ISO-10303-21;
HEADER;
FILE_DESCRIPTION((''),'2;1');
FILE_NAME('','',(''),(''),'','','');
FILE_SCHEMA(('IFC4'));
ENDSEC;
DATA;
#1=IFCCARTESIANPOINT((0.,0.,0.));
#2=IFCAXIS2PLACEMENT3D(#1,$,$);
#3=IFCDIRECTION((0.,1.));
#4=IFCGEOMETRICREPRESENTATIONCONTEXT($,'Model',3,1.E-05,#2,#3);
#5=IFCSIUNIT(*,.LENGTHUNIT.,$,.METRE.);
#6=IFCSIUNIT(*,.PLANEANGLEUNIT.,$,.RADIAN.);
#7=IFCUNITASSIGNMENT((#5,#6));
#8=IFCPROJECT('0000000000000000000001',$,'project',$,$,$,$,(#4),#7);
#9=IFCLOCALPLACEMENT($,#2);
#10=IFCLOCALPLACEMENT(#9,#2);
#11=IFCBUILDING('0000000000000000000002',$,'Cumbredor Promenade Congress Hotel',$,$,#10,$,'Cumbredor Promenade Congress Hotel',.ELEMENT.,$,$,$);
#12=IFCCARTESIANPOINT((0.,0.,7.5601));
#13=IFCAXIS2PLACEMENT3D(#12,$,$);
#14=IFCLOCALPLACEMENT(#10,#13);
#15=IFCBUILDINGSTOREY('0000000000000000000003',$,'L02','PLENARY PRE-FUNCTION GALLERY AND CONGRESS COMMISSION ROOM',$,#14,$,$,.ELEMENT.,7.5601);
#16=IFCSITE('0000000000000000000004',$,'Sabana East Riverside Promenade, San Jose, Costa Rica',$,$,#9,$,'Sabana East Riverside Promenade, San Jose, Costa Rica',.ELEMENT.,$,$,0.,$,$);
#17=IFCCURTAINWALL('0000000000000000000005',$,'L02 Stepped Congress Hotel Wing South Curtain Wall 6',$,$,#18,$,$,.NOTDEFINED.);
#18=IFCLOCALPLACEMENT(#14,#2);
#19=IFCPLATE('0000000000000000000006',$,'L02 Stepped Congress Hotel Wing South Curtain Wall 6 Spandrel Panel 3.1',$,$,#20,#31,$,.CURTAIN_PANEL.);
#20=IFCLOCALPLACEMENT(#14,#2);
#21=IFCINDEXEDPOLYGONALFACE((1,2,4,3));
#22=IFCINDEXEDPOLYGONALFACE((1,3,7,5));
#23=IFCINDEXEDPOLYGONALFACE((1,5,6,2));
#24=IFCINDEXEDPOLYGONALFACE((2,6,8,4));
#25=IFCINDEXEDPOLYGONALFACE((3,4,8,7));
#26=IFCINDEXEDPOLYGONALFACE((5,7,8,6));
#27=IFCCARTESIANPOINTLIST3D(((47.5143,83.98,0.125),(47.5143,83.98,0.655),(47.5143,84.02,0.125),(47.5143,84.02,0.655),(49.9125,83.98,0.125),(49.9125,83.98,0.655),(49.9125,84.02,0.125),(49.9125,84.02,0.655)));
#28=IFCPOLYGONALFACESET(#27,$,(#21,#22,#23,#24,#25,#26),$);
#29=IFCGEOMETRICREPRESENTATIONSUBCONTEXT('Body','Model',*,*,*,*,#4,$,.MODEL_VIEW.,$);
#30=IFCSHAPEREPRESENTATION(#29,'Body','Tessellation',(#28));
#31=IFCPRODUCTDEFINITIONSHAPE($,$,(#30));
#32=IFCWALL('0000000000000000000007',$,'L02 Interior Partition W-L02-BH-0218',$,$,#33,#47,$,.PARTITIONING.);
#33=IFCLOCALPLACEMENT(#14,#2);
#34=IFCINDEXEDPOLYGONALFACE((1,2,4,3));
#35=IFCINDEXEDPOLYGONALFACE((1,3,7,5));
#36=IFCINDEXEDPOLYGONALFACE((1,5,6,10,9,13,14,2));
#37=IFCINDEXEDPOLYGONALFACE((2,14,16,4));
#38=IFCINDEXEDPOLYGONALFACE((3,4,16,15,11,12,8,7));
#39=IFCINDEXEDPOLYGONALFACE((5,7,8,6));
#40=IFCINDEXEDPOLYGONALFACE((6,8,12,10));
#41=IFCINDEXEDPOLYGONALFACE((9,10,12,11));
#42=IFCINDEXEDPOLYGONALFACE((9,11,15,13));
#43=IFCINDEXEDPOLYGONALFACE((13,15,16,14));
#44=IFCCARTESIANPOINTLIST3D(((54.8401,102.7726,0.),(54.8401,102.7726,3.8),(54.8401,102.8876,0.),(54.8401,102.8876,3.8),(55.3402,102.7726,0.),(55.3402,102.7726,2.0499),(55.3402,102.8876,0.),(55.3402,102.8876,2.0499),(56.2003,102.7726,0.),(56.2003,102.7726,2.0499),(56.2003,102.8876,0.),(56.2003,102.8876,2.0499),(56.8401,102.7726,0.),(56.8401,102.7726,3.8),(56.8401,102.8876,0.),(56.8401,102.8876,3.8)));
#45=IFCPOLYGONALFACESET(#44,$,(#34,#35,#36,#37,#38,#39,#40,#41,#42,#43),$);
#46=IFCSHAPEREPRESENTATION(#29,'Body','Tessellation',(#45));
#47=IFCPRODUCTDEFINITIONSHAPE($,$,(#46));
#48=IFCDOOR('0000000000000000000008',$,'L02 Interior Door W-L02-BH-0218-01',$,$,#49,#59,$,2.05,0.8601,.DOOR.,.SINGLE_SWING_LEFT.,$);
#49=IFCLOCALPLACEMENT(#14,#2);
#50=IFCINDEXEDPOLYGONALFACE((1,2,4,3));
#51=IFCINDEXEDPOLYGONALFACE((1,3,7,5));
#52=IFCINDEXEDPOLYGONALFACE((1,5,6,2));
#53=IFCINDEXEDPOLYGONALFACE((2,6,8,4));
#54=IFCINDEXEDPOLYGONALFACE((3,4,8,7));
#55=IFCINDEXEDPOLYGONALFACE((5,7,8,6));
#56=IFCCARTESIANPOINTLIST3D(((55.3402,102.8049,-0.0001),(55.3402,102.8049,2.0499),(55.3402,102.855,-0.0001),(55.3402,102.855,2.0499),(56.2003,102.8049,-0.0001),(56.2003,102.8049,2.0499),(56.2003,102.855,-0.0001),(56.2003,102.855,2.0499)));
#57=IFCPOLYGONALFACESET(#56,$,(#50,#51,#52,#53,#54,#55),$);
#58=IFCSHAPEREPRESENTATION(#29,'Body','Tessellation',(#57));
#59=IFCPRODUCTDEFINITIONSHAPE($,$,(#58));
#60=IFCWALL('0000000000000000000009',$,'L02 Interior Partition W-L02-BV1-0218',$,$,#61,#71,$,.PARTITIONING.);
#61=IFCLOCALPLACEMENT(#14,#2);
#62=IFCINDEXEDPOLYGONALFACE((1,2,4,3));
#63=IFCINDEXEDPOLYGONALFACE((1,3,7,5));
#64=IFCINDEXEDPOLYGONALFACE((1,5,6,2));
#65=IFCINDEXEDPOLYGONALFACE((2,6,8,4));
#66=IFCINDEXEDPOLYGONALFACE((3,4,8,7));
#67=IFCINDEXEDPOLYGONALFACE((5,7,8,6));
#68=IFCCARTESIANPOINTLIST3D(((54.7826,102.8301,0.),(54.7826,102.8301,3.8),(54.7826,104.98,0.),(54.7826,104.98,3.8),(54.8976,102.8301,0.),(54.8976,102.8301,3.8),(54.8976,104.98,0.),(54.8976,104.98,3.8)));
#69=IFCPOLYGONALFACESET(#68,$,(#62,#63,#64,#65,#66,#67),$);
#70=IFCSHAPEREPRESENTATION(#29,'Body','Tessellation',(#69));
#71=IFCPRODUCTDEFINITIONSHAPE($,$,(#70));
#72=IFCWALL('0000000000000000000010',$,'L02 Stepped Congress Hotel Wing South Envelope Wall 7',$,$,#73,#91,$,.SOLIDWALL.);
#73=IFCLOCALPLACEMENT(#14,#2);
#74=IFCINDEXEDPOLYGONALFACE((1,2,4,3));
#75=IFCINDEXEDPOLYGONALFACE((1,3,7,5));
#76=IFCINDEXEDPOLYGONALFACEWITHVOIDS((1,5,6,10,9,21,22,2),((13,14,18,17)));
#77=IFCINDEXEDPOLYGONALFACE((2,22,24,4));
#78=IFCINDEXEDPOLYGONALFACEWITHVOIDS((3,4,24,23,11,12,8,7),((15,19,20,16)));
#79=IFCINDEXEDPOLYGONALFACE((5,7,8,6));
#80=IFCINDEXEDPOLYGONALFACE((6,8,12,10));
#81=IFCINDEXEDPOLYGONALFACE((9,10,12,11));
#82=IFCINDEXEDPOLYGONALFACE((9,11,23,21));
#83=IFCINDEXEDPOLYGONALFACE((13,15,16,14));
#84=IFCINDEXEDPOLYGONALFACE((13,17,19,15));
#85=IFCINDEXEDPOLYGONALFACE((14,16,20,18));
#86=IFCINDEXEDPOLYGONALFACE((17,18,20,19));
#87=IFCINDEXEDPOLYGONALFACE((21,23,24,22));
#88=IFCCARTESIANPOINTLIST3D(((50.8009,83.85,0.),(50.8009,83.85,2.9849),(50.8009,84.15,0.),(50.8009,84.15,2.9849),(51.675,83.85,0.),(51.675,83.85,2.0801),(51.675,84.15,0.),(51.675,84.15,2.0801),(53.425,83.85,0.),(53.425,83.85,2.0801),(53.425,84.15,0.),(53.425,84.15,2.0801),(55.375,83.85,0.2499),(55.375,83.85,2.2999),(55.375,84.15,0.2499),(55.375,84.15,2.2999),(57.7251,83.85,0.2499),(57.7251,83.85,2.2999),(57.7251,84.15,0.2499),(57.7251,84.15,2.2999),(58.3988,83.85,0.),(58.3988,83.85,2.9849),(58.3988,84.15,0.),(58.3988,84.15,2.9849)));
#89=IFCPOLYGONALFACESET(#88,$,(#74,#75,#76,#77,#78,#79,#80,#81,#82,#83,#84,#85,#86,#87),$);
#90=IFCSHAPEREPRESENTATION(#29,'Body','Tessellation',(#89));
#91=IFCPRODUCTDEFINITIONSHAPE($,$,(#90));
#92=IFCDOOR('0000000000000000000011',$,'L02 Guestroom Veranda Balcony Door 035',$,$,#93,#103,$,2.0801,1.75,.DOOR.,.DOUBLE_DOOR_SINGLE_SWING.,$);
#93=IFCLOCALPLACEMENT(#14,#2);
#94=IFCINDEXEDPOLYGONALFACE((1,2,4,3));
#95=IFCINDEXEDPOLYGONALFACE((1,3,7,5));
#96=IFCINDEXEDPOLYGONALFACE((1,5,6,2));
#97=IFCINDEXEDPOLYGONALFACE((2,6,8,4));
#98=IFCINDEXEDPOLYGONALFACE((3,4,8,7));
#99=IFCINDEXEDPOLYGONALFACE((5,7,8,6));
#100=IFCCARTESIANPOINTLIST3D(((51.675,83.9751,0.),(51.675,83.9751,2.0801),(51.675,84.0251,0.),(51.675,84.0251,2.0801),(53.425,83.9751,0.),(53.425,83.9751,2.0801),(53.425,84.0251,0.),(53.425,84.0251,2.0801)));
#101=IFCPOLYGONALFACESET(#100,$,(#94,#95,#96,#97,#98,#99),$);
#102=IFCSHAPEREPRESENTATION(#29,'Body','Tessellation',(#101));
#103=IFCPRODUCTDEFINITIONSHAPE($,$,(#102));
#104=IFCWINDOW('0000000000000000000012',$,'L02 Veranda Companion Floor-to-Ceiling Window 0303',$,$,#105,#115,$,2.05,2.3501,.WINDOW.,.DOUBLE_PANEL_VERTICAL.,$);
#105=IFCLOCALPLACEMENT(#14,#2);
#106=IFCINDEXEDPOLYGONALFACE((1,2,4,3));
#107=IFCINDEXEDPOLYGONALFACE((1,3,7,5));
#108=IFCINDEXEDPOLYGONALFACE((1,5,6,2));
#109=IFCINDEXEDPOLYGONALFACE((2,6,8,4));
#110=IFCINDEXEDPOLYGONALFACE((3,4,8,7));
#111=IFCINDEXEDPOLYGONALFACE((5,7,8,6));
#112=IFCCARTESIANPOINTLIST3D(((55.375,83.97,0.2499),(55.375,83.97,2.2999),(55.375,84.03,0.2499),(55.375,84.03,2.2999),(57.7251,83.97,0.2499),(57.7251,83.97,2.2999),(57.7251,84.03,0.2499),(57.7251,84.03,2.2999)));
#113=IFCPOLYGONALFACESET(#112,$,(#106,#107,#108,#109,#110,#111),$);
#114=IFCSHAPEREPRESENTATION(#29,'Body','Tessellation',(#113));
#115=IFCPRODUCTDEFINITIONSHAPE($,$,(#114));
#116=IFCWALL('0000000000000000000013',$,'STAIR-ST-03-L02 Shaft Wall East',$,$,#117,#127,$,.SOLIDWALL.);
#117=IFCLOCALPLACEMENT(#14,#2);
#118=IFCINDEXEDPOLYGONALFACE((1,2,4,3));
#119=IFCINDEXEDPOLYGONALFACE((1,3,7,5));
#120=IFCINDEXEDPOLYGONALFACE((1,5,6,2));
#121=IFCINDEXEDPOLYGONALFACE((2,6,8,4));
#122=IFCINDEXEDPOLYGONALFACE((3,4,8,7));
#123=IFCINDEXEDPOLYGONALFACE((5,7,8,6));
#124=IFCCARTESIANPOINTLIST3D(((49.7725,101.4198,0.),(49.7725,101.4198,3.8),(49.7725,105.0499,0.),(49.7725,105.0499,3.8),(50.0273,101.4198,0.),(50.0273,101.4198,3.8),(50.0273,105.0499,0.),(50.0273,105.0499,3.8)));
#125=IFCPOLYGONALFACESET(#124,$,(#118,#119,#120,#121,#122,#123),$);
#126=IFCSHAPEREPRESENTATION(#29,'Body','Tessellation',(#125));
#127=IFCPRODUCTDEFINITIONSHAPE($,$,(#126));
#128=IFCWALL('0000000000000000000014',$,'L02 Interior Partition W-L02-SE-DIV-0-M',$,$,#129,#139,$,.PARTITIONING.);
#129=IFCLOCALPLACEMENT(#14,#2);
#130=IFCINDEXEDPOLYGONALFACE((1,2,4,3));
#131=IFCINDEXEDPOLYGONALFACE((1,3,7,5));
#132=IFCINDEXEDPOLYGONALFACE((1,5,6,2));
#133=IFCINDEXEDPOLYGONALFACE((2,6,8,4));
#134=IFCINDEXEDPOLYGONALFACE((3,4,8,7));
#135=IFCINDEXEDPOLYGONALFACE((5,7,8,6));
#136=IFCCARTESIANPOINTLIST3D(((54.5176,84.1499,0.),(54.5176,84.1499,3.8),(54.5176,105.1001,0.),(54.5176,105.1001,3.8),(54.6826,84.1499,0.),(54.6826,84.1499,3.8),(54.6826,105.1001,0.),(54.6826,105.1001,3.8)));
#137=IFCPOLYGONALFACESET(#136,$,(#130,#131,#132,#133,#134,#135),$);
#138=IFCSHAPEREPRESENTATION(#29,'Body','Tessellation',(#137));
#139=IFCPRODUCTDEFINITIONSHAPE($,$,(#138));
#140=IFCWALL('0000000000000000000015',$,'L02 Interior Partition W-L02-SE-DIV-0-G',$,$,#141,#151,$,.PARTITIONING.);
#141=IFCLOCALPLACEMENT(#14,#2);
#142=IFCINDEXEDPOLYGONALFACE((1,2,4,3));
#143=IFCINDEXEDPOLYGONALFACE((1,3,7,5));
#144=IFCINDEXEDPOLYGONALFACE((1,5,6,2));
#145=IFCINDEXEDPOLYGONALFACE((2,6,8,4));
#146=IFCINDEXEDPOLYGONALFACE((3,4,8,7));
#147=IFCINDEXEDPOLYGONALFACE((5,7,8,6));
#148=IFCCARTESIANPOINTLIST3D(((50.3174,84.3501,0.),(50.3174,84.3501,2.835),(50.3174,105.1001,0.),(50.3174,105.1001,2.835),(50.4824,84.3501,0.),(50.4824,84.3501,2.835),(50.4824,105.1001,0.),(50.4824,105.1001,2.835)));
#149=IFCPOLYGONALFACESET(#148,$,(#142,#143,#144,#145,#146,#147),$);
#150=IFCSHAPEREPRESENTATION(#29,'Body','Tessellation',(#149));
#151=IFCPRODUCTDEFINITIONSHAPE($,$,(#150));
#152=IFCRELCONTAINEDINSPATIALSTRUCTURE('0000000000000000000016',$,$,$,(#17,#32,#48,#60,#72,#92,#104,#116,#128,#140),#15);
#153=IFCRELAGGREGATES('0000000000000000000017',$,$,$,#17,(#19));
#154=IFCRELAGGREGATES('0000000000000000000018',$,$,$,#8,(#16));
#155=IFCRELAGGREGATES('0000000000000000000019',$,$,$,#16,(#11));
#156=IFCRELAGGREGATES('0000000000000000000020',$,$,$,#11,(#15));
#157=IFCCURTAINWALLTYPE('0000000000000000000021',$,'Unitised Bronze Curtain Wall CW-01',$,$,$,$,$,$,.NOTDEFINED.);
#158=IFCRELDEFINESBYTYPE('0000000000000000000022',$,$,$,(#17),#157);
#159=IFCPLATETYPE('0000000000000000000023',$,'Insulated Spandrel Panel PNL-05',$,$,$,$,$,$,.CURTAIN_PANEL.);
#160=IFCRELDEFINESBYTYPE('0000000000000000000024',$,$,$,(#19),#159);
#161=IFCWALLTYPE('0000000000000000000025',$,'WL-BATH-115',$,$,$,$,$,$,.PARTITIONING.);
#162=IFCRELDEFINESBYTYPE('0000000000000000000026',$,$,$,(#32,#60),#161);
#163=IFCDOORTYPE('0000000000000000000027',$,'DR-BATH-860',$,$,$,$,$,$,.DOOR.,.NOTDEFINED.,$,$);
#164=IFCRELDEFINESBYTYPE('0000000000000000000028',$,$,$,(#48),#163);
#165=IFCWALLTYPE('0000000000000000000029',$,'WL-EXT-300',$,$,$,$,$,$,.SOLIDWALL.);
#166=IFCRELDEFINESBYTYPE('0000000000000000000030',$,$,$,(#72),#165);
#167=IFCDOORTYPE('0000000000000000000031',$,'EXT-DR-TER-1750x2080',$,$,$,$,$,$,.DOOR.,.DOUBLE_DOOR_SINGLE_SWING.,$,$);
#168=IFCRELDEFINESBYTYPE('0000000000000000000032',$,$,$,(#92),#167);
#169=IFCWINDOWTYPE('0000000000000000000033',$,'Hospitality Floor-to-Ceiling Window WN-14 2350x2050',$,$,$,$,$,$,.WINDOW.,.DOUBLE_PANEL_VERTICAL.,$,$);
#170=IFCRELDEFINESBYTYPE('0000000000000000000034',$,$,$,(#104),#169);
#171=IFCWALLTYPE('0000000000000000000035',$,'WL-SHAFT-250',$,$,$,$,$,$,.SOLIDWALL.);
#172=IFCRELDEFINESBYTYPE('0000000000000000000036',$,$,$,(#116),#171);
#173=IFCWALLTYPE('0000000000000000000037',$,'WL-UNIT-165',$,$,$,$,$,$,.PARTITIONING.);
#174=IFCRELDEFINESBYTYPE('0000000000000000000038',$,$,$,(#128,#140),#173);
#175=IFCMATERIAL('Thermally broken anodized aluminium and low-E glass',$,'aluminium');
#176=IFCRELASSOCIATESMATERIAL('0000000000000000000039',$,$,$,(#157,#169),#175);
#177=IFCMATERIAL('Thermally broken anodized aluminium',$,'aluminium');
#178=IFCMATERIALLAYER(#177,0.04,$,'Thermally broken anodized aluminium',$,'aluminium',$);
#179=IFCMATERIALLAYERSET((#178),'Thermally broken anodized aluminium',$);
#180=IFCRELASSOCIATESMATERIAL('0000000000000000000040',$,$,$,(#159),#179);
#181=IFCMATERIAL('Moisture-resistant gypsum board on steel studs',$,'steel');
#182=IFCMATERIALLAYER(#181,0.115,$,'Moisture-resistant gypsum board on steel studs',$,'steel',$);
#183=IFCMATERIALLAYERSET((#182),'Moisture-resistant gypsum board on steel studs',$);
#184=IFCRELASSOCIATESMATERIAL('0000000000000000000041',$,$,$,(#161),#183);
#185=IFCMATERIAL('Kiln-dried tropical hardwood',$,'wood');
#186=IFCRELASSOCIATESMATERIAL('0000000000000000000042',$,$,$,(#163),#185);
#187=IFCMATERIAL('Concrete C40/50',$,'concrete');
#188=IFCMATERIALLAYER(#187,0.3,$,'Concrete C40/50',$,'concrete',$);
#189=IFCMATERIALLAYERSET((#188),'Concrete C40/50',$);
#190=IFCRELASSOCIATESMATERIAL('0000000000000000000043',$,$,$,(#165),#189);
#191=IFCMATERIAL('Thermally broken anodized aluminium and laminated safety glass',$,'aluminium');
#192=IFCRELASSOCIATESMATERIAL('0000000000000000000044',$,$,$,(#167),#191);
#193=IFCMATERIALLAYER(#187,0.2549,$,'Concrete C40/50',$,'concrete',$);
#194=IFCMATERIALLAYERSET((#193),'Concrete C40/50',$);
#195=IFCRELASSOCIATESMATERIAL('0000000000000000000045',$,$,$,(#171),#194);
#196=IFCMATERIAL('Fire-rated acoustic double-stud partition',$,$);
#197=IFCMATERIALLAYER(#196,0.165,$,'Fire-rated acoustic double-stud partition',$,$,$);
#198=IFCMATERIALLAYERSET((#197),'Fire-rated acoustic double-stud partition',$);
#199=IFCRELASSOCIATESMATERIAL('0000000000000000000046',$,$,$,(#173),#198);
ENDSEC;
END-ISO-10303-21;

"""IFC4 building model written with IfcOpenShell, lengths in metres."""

from ifc_helpers import new_model, si_unit, direction, frame, frame_2d, origin, origin_2d, place, context, subcontext, project, spatial, rectangle, extrude, material, layer, layer_set, type_object, element, fill, aggregate, save


model = new_model("IFC4")

# Units and contexts
model_context = context("Model", 3, precision=1e-05, world=origin(), true_north=direction((0.0, 1.0)))
body_context = subcontext(model_context, "Body", "Model", "MODEL_VIEW")
ifc_project = project(units=[si_unit("LENGTHUNIT", "METRE"), si_unit("PLANEANGLEUNIT", "RADIAN")], contexts=[model_context])

# Site, building, storey
site_placement = place(None, origin())
site = spatial("IfcSite", under=ifc_project, at=site_placement, Name="Sabana East Riverside Promenade, San Jose, Costa Rica", LongName="Sabana East Riverside Promenade, San Jose, Costa Rica", CompositionType="ELEMENT", RefElevation=0.0)
building_placement = place(site_placement, origin())
building = spatial("IfcBuilding", under=site, at=building_placement, Name="Cumbredor Promenade Congress Hotel", LongName="Cumbredor Promenade Congress Hotel", CompositionType="ELEMENT")
storey_placement = place(building_placement, frame((0.0, 0.0, 7.5601)))
storey = spatial("IfcBuildingStorey", under=building, at=storey_placement, Name="L02", Description="PLENARY PRE-FUNCTION GALLERY AND CONGRESS COMMISSION ROOM", CompositionType="ELEMENT", Elevation=7.5601)

# Shared definitions
ifc_material_1 = material(Name="Concrete C40/50", Category="concrete")

# Curtain wall
ifc_material_2 = material(Name="Thermally broken anodized aluminium and low-E glass", Category="aluminium")
curtain_wall_type = type_object("IfcCurtainWallType", Name="Unitised Bronze Curtain Wall CW-01", PredefinedType="NOTDEFINED", material=ifc_material_2)
curtain_wall_placement = place(storey_placement, origin())
curtain_wall = element("IfcCurtainWall", 1, at=curtain_wall_placement, inside=storey, type_object=curtain_wall_type, Name="L02 Stepped Congress Hotel Wing South Curtain Wall 6", PredefinedType="NOTDEFINED")
ifc_material_3 = material(Name="Thermally broken anodized aluminium", Category="aluminium")

# Plate
ifc_layer_1 = layer(ifc_material_3, 0.04, Name="Thermally broken anodized aluminium", Category="aluminium")
ifc_layer_set_1 = layer_set([ifc_layer_1], Name="Thermally broken anodized aluminium")
plate_type_1 = type_object("IfcPlateType", Name="Insulated Spandrel Panel PNL-05", PredefinedType="CURTAIN_PANEL", material=ifc_layer_set_1)
plate_1_placement = place(storey_placement, frame((48.7134, 84.0, 0.125), z_axis=(0.0, 0.0, 1.0), x_axis=(1.0, 0.0, 0.0)))
plate_1 = element("IfcPlate", 2, at=plate_1_placement, type_object=plate_type_1, Name="L02 Stepped Congress Hotel Wing South Curtain Wall 6 Spandrel Panel 3.1", PredefinedType="CURTAIN_PANEL", context=body_context, shape_type="SweptSolid", body=[
    extrude(rectangle(XDim=2.3982, YDim=0.04, at=origin_2d()), origin(), (0.0, 0.0, 1.0), 0.53),
])
aggregate(curtain_wall, [plate_1])

# Wall, opening, door
ifc_material_4 = material(Name="Moisture-resistant gypsum board on steel studs", Category="steel")
ifc_layer_2 = layer(ifc_material_4, 0.115, Name="Moisture-resistant gypsum board on steel studs", Category="steel")
ifc_layer_set_2 = layer_set([ifc_layer_2], Name="Moisture-resistant gypsum board on steel studs")
wall_type_1 = type_object("IfcWallType", Name="WL-BATH-115", PredefinedType="PARTITIONING", material=ifc_layer_set_2)
wall_1_placement = place(storey_placement, frame((54.8401, 102.8301, 0.0), z_axis=(0.0, 0.0, 1.0), x_axis=(1.0, 0.0, 0.0)))
wall_1 = element("IfcWall", 3, at=wall_1_placement, inside=storey, type_object=wall_type_1, Name="L02 Interior Partition W-L02-BH-0218", PredefinedType="PARTITIONING", context=body_context, shape_type="SweptSolid", body=[
    extrude(rectangle(XDim=2.0, YDim=0.115, at=frame_2d((1.0, 0.0))), origin(), (0.0, 0.0, 1.0), 3.8),
])
opening_1_placement = place(wall_1_placement, frame((0.5, 0.0, 0.0)))
opening_1 = element("IfcOpeningElement", 4, at=opening_1_placement, cuts=wall_1, PredefinedType="OPENING", context=body_context, shape_type="SweptSolid", body=[
    extrude(rectangle(XDim=0.8601, YDim=2.05, at=frame_2d((0.4302, 1.0249))), frame((0.0, 0.0674, 0.0), z_axis=(0.0, -1.0, 0.0), x_axis=(1.0, 0.0, 0.0)), (0.0, 0.0, 1.0), 0.135),
])
ifc_material_5 = material(Name="Kiln-dried tropical hardwood", Category="wood")
door_type_1 = type_object("IfcDoorType", Name="DR-BATH-860", OperationType="NOTDEFINED", PredefinedType="DOOR", material=ifc_material_5)
door_1_placement = place(opening_1_placement, origin())
door_1 = element("IfcDoor", 5, at=door_1_placement, inside=storey, type_object=door_type_1, Name="L02 Interior Door W-L02-BH-0218-01", OperationType="SINGLE_SWING_LEFT", OverallHeight=2.05, OverallWidth=0.8601, PredefinedType="DOOR", context=body_context, shape_type="SweptSolid", body=[
    extrude(rectangle(XDim=0.8601, YDim=2.05, at=frame_2d((0.4302, 1.0249))), frame((0.0, 0.0249, 0.0), z_axis=(0.0, -1.0, 0.0), x_axis=(1.0, 0.0, 0.0)), (0.0, 0.0, 1.0), 0.05),
])
fill(opening_1, door_1)

# Wall
wall_2_placement = place(storey_placement, frame((54.8401, 102.8301, 0.0), z_axis=(0.0, 0.0, 1.0), x_axis=(0.0, 1.0, 0.0)))
element("IfcWall", 6, at=wall_2_placement, inside=storey, type_object=wall_type_1, Name="L02 Interior Partition W-L02-BV1-0218", PredefinedType="PARTITIONING", context=body_context, shape_type="SweptSolid", body=[
    extrude(rectangle(XDim=2.1499, YDim=0.115, at=frame_2d((1.075, 0.0))), origin(), (0.0, 0.0, 1.0), 3.8),
])

# Wall, openings, door, window
ifc_layer_3 = layer(ifc_material_1, 0.3, Name="Concrete C40/50", Category="concrete")
ifc_layer_set_3 = layer_set([ifc_layer_3], Name="Concrete C40/50")
wall_type_2 = type_object("IfcWallType", Name="WL-EXT-300", PredefinedType="SOLIDWALL", material=ifc_layer_set_3)
wall_3_placement = place(storey_placement, frame((50.801, 84.0, 0.0), z_axis=(0.0, 0.0, 1.0), x_axis=(1.0, 0.0, 0.0)))
wall_3 = element("IfcWall", 7, at=wall_3_placement, inside=storey, type_object=wall_type_2, Name="L02 Stepped Congress Hotel Wing South Envelope Wall 7", PredefinedType="SOLIDWALL", context=body_context, shape_type="SweptSolid", body=[
    extrude(rectangle(XDim=7.5979, YDim=0.3, at=frame_2d((3.7988, 0.0))), origin(), (0.0, 0.0, 1.0), 2.9849),
])
opening_2_placement = place(wall_3_placement, frame((0.874, 0.0, 0.0)))
opening_2 = element("IfcOpeningElement", 8, at=opening_2_placement, cuts=wall_3, PredefinedType="OPENING", context=body_context, shape_type="SweptSolid", body=[
    extrude(rectangle(XDim=1.75, YDim=2.0801, at=frame_2d((0.875, 1.04))), frame((0.0, 0.1602, 0.0), z_axis=(0.0, -1.0, 0.0), x_axis=(1.0, 0.0, 0.0)), (0.0, 0.0, 1.0), 0.3201),
])
opening_3_placement = place(wall_3_placement, frame((4.574, 0.0, 0.25)))
opening_3 = element("IfcOpeningElement", 9, at=opening_3_placement, cuts=wall_3, PredefinedType="OPENING", context=body_context, shape_type="SweptSolid", body=[
    extrude(rectangle(XDim=2.3501, YDim=2.05, at=frame_2d((1.175, 1.0249))), frame((0.0, 0.1602, 0.0), z_axis=(0.0, -1.0, 0.0), x_axis=(1.0, 0.0, 0.0)), (0.0, 0.0, 1.0), 0.3201),
])
ifc_material_6 = material(Name="Thermally broken anodized aluminium and laminated safety glass", Category="aluminium")
door_type_2 = type_object("IfcDoorType", Name="EXT-DR-TER-1750x2080", OperationType="DOUBLE_DOOR_SINGLE_SWING", PredefinedType="DOOR", material=ifc_material_6)
door_2_placement = place(opening_2_placement, frame((1.75, 0.0, 0.0), z_axis=(0.0, 0.0, 1.0), x_axis=(-1.0, 0.0, 0.0)))
door_2 = element("IfcDoor", 10, at=door_2_placement, inside=storey, type_object=door_type_2, Name="L02 Guestroom Veranda Balcony Door 035", OperationType="DOUBLE_DOOR_SINGLE_SWING", OverallHeight=2.0801, OverallWidth=1.75, PredefinedType="DOOR", context=body_context, shape_type="SweptSolid", body=[
    extrude(rectangle(XDim=1.75, YDim=2.0801, at=frame_2d((0.875, 1.04))), frame((0.0, 0.0249, 0.0), z_axis=(0.0, -1.0, 0.0), x_axis=(1.0, 0.0, 0.0)), (0.0, 0.0, 1.0), 0.05),
])
fill(opening_2, door_2)
window_type = type_object("IfcWindowType", Name="Hospitality Floor-to-Ceiling Window WN-14 2350x2050", PartitioningType="DOUBLE_PANEL_VERTICAL", PredefinedType="WINDOW", material=ifc_material_2)
window_placement = place(opening_3_placement, origin())
window = element("IfcWindow", 11, at=window_placement, inside=storey, type_object=window_type, Name="L02 Veranda Companion Floor-to-Ceiling Window 0303", OverallHeight=2.05, OverallWidth=2.3501, PartitioningType="DOUBLE_PANEL_VERTICAL", PredefinedType="WINDOW", context=body_context, shape_type="SweptSolid", body=[
    extrude(rectangle(XDim=2.3501, YDim=2.05, at=frame_2d((1.175, 1.0249))), frame((0.0, 0.03, 0.0), z_axis=(0.0, -1.0, 0.0), x_axis=(1.0, 0.0, 0.0)), (0.0, 0.0, 1.0), 0.0601),
])
fill(opening_3, window)

# Walls
ifc_layer_4 = layer(ifc_material_1, 0.2549, Name="Concrete C40/50", Category="concrete")
ifc_layer_set_4 = layer_set([ifc_layer_4], Name="Concrete C40/50")
wall_type_3 = type_object("IfcWallType", Name="WL-SHAFT-250", PredefinedType="SOLIDWALL", material=ifc_layer_set_4)
wall_4_placement = place(storey_placement, frame((49.8999, 101.4199, 0.0), z_axis=(0.0, 0.0, 1.0), x_axis=(0.0, 1.0, 0.0)))
element("IfcWall", 12, at=wall_4_placement, inside=storey, type_object=wall_type_3, Name="STAIR-ST-03-L02 Shaft Wall East", PredefinedType="SOLIDWALL", context=body_context, shape_type="SweptSolid", body=[
    extrude(rectangle(XDim=3.6301, YDim=0.2549, at=frame_2d((1.8149, 0.0))), origin(), (0.0, 0.0, 1.0), 3.8),
])
ifc_material_7 = material(Name="Fire-rated acoustic double-stud partition")
ifc_layer_5 = layer(ifc_material_7, 0.165, Name="Fire-rated acoustic double-stud partition")
ifc_layer_set_5 = layer_set([ifc_layer_5], Name="Fire-rated acoustic double-stud partition")
wall_type_4 = type_object("IfcWallType", Name="WL-UNIT-165", PredefinedType="PARTITIONING", material=ifc_layer_set_5)
wall_5_placement = place(storey_placement, frame((54.6001, 84.1499, 0.0), z_axis=(0.0, 0.0, 1.0), x_axis=(0.0, 1.0, 0.0)))
element("IfcWall", 13, at=wall_5_placement, inside=storey, type_object=wall_type_4, Name="L02 Interior Partition W-L02-SE-DIV-0-M", PredefinedType="PARTITIONING", context=body_context, shape_type="SweptSolid", body=[
    extrude(rectangle(XDim=20.9502, YDim=0.165, at=frame_2d((10.4751, 0.0))), origin(), (0.0, 0.0, 1.0), 3.8),
])
wall_6_placement = place(storey_placement, frame((50.3999, 84.3501, 0.0), z_axis=(0.0, 0.0, 1.0), x_axis=(0.0, 1.0, 0.0)))
element("IfcWall", 14, at=wall_6_placement, inside=storey, type_object=wall_type_4, Name="L02 Interior Partition W-L02-SE-DIV-0-G", PredefinedType="PARTITIONING", context=body_context, shape_type="SweptSolid", body=[
    extrude(rectangle(XDim=20.75, YDim=0.165, at=frame_2d((10.375, 0.0))), origin(), (0.0, 0.0, 1.0), 2.835),
])

save(model, "model.ifc")
